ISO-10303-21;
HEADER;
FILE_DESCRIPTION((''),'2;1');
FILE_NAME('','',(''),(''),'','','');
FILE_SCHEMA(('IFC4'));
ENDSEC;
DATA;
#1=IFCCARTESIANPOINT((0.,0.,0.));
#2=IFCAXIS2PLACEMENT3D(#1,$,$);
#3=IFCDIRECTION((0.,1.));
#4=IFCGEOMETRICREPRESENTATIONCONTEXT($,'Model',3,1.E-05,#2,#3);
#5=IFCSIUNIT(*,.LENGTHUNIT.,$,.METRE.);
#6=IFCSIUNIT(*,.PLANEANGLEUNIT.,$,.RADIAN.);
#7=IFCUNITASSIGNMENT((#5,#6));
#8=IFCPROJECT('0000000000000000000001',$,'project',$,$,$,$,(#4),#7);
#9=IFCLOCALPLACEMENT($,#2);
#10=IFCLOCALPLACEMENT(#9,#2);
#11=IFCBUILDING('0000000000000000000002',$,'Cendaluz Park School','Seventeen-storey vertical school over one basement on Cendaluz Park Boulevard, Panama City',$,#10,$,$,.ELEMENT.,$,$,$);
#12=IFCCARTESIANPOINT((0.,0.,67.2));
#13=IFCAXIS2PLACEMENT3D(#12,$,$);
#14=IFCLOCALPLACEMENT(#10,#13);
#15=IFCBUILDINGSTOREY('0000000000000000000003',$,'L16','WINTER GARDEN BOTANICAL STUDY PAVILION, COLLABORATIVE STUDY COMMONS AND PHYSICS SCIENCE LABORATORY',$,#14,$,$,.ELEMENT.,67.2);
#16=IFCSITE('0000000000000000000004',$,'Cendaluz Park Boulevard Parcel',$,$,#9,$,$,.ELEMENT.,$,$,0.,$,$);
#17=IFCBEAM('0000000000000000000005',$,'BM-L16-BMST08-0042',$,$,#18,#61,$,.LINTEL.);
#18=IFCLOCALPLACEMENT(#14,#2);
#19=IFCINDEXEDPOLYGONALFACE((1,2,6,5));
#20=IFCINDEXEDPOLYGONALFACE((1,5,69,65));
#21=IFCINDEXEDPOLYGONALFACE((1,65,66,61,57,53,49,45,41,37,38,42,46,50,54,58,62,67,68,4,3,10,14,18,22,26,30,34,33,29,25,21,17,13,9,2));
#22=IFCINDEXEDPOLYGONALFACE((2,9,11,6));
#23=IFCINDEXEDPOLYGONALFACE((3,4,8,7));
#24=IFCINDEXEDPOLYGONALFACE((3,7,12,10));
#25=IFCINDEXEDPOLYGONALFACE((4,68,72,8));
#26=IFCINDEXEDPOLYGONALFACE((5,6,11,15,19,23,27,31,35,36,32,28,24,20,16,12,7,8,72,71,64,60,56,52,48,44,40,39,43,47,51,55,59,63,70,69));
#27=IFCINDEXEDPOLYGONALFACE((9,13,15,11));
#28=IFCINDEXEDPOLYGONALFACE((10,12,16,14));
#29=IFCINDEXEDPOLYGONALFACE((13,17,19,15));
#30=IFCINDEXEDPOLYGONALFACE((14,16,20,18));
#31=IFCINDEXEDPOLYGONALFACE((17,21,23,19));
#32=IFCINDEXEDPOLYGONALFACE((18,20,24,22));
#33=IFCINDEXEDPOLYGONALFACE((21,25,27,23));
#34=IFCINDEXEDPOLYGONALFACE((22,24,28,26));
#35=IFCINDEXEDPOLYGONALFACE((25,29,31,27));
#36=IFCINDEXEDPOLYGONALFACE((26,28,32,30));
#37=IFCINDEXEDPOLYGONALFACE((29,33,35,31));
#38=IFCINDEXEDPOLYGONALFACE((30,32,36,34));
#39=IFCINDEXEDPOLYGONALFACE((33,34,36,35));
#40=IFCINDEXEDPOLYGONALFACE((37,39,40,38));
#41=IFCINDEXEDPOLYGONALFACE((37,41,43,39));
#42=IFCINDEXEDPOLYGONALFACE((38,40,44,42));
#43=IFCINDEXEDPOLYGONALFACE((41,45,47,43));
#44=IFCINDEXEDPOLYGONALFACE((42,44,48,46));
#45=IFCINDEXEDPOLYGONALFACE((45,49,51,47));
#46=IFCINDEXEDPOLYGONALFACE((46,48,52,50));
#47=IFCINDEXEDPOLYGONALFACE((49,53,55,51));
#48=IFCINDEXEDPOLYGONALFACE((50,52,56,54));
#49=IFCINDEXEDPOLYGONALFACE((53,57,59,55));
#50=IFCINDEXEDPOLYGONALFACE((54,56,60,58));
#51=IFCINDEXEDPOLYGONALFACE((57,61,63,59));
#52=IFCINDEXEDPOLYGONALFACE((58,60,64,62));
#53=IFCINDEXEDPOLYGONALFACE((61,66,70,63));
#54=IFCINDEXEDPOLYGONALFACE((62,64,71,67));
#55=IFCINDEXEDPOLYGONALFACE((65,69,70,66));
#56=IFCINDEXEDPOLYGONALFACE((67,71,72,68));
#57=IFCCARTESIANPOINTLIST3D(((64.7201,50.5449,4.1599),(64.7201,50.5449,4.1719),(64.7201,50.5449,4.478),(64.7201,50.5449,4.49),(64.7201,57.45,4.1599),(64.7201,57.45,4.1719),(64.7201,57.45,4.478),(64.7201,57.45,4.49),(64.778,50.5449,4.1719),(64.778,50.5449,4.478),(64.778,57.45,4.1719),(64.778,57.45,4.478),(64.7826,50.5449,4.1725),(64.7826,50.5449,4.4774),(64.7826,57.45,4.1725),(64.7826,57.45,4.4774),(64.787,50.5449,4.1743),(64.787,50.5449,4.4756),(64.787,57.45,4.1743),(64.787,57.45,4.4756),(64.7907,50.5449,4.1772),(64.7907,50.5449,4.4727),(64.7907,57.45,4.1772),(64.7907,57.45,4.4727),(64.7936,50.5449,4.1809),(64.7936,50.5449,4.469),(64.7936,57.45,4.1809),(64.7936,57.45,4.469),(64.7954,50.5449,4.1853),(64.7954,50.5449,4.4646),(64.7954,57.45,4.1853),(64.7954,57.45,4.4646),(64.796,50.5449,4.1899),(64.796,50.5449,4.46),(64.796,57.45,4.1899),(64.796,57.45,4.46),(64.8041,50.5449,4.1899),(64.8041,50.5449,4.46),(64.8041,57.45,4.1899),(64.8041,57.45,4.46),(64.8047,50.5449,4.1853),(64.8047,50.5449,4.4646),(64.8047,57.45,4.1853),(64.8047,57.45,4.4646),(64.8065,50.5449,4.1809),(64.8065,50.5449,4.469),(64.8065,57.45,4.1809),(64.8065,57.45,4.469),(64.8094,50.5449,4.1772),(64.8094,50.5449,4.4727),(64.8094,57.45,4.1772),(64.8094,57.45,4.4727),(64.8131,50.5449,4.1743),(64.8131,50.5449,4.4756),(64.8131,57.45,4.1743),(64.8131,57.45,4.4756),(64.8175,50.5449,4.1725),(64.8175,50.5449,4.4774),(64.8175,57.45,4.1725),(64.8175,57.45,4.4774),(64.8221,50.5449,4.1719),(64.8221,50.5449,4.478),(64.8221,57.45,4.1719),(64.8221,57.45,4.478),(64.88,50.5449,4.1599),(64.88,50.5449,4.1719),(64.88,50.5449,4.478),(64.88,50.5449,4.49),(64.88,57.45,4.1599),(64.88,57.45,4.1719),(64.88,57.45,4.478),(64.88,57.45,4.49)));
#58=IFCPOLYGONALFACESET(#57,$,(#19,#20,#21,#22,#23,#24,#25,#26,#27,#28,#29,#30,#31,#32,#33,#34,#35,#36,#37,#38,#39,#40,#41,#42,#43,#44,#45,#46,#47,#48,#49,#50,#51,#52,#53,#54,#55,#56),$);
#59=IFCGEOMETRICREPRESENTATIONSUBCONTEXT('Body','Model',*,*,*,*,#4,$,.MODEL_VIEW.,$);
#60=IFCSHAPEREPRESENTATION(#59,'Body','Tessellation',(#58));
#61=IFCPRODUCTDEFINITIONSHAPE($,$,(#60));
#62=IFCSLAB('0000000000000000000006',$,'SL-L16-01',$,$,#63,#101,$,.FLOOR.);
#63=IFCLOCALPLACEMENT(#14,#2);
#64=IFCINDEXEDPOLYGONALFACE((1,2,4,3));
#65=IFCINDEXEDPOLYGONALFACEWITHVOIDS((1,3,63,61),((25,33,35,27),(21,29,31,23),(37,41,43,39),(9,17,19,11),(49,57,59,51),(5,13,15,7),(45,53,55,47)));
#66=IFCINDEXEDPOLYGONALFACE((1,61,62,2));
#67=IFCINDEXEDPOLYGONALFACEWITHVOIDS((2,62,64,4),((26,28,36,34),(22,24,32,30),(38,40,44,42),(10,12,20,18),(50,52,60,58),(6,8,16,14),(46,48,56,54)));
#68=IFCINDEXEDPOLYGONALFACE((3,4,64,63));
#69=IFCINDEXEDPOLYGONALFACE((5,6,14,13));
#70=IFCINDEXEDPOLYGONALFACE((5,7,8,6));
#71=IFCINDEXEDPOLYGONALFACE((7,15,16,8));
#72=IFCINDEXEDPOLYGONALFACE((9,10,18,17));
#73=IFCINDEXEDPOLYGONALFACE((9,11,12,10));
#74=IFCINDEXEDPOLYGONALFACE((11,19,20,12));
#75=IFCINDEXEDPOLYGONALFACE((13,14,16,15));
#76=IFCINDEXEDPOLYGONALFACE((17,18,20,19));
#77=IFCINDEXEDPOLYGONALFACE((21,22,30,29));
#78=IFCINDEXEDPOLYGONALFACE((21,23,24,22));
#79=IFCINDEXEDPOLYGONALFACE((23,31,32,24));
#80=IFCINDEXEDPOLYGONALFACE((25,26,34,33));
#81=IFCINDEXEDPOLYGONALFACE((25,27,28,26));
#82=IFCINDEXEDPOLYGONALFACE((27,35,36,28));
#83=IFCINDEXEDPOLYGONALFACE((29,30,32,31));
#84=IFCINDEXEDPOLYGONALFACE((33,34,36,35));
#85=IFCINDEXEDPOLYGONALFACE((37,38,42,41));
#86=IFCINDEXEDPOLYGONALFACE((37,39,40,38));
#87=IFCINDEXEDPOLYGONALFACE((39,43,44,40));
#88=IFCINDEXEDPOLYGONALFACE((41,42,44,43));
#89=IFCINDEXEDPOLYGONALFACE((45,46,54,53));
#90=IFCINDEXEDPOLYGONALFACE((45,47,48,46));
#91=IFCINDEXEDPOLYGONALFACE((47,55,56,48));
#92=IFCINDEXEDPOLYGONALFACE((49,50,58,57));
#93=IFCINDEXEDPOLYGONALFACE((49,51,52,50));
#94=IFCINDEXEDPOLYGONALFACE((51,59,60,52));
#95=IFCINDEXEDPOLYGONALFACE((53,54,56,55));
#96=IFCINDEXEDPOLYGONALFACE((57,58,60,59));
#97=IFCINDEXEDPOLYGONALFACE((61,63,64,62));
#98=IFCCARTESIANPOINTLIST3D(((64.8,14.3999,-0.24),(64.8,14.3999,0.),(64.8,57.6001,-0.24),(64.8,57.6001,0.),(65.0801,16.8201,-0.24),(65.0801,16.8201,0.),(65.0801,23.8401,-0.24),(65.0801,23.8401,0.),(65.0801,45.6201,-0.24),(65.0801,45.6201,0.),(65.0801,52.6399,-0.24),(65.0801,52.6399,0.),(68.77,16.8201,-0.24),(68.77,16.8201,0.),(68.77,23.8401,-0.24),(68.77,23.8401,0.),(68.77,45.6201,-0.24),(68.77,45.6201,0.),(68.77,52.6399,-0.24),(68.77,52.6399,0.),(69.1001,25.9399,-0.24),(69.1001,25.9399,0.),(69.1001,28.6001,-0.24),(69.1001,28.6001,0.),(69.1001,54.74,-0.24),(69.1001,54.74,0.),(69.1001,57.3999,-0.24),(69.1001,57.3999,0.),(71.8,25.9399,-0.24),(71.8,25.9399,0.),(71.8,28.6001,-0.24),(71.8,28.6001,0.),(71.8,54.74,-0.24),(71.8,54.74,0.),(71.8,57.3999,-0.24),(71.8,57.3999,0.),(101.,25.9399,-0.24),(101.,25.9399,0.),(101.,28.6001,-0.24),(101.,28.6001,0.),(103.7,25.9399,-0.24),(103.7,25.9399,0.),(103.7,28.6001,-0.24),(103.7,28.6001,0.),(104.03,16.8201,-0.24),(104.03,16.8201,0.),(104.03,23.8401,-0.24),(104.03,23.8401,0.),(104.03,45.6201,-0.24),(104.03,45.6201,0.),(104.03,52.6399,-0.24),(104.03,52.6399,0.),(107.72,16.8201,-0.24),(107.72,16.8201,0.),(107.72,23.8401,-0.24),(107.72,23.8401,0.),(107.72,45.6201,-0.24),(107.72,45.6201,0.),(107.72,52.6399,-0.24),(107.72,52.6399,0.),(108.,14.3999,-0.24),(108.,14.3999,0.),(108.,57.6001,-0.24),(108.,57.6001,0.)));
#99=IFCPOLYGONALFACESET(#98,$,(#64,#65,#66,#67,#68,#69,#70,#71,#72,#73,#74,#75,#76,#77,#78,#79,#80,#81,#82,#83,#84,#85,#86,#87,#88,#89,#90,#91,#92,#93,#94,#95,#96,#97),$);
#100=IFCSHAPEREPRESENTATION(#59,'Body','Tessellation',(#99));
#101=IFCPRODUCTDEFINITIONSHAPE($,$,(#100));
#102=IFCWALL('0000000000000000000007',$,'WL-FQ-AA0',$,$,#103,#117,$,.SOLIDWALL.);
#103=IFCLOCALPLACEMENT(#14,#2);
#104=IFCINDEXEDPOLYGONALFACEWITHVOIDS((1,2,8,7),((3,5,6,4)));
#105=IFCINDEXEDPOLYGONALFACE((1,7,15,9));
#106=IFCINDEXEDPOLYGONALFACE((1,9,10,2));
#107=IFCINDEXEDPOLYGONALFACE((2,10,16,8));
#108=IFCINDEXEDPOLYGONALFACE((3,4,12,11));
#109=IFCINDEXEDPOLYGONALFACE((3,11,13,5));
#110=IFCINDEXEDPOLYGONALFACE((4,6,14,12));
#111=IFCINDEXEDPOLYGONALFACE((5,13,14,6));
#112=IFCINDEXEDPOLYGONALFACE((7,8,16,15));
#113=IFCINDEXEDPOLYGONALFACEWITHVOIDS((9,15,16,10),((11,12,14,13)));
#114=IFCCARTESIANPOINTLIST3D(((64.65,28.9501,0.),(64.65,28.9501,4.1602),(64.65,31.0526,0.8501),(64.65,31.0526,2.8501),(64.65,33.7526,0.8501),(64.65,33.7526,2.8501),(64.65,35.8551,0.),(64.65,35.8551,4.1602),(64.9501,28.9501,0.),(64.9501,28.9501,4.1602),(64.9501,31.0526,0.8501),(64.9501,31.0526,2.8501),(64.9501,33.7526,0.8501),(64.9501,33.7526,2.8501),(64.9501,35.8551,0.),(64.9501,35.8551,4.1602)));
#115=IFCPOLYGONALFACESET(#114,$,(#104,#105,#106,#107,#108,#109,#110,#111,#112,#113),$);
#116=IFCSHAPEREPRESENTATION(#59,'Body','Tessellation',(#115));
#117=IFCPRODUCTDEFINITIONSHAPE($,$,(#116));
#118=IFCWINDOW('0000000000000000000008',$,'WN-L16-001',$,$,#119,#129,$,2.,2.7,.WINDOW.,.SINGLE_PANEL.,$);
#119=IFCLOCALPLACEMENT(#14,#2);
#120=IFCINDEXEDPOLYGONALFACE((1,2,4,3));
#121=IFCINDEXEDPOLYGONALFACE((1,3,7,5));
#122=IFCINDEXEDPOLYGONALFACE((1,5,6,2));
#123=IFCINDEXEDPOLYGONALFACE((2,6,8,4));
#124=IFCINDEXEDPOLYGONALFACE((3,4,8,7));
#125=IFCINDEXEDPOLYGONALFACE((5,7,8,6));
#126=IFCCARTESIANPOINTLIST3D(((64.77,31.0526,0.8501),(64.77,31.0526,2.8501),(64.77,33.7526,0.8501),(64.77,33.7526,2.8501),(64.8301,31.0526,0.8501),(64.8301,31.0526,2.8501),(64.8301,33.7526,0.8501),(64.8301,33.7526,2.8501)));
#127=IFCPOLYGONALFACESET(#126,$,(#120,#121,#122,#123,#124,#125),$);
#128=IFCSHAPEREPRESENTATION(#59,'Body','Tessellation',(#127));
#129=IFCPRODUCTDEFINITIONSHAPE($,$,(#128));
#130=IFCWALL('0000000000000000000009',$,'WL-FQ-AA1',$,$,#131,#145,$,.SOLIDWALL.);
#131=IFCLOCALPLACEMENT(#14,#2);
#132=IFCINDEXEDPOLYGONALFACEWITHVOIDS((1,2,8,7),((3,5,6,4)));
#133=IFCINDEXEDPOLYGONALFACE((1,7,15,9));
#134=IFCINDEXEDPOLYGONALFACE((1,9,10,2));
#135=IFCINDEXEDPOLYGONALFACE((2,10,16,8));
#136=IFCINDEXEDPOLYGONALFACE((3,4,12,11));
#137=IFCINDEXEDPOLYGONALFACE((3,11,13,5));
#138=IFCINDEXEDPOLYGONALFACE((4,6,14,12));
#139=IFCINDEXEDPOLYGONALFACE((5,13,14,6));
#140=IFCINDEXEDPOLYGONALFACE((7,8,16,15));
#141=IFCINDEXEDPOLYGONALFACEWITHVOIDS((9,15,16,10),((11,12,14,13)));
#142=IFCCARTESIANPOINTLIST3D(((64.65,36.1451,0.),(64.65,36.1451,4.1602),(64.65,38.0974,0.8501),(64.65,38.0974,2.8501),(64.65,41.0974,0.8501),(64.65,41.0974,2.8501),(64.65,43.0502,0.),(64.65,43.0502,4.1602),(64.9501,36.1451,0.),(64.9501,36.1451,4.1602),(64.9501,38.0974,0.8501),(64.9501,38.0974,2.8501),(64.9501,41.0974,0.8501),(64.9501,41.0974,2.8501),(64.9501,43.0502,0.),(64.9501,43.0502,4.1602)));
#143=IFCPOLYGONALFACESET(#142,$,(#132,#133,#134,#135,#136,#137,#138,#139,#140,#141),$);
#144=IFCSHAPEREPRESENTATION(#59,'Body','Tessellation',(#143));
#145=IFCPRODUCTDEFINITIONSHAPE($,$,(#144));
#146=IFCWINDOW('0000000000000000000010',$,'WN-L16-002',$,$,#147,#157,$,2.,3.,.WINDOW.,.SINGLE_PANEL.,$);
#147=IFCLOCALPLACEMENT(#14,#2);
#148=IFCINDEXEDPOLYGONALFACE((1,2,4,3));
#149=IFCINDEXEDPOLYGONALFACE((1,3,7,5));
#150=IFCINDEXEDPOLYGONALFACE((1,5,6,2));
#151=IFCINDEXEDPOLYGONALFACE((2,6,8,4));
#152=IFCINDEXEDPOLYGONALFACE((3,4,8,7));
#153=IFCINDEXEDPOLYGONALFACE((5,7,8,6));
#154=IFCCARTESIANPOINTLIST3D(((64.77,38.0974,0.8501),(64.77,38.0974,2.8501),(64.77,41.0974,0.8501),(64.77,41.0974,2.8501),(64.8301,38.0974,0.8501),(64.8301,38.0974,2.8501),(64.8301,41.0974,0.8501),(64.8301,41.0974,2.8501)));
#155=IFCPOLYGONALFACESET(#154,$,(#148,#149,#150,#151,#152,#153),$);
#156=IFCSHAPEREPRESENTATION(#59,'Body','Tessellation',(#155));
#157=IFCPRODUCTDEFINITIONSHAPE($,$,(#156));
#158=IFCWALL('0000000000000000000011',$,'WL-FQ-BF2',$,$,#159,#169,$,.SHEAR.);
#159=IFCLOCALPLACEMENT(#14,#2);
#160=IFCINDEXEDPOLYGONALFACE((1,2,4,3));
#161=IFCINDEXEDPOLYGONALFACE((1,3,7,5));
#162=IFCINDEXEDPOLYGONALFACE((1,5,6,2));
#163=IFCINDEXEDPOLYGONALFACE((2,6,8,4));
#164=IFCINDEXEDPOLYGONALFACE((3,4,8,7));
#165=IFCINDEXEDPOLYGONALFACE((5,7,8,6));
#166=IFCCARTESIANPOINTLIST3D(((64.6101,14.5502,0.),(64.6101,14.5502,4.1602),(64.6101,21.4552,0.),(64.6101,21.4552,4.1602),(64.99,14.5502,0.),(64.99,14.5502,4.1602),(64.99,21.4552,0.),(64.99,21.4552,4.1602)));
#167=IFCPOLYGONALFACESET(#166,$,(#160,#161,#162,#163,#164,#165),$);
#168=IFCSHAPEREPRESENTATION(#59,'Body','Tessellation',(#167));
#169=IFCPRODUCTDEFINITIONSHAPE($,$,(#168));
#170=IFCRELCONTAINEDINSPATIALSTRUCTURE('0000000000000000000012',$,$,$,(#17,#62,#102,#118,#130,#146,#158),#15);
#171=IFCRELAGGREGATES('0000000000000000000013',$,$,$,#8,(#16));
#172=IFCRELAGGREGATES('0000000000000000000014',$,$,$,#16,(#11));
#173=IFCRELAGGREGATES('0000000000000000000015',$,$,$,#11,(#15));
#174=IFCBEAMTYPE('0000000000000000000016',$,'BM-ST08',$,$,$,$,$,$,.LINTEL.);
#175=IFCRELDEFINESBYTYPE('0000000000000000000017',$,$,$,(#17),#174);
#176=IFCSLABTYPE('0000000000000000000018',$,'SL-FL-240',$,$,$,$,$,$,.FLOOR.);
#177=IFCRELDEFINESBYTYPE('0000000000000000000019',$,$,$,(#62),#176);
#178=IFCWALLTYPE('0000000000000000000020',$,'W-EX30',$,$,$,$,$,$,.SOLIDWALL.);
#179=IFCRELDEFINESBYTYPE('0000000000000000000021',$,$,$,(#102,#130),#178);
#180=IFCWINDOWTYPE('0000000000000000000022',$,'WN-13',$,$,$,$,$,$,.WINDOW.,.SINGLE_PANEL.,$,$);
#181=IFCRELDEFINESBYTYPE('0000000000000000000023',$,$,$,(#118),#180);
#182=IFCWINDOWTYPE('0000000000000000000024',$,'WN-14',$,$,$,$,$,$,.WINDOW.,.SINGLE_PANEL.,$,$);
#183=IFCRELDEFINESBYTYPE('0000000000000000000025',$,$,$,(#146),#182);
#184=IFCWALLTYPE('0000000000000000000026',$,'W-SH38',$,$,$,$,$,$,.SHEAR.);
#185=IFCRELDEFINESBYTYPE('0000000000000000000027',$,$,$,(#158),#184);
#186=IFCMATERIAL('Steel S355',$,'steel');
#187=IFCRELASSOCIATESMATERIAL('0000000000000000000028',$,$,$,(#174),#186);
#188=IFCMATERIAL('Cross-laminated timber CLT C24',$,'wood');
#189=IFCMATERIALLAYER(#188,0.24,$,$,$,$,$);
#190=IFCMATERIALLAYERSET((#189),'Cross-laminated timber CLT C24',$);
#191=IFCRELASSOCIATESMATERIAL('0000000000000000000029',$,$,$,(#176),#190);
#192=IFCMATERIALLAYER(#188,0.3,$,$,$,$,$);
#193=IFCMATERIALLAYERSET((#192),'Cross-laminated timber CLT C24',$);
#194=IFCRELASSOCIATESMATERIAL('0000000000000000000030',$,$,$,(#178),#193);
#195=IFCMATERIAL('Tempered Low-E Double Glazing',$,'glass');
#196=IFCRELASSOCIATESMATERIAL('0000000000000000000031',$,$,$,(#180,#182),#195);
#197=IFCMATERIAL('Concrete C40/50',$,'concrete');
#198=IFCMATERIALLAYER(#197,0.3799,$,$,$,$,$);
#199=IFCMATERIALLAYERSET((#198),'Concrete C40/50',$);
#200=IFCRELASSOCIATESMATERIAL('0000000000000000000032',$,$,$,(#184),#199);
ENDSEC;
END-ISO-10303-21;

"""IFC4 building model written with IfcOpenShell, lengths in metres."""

from ifc_helpers import new_model, si_unit, direction, frame, frame_2d, origin, origin_2d, place, context, subcontext, project, spatial, polyline, rectangle, i_section, outline, extrude, material, layer, layer_set, material_profile, profile_set, type_object, element, fill, save


model = new_model("IFC4")

# Units and contexts
model_context = context("Model", 3, precision=1e-05, world=origin(), true_north=direction((0.0, 1.0)))
body_context = subcontext(model_context, "Body", "Model", "MODEL_VIEW")
ifc_project = project(units=[si_unit("LENGTHUNIT", "METRE"), si_unit("PLANEANGLEUNIT", "RADIAN")], contexts=[model_context])

# Site, building, storey
site_placement = place(None, origin())
site = spatial("IfcSite", under=ifc_project, at=site_placement, Name="Cendaluz Park Boulevard Parcel", CompositionType="ELEMENT", RefElevation=0.0)
building_placement = place(site_placement, origin())
building = spatial("IfcBuilding", under=site, at=building_placement, Name="Cendaluz Park School", Description="Seventeen-storey vertical school over one basement on Cendaluz Park Boulevard, Panama City", CompositionType="ELEMENT")
storey_placement = place(building_placement, frame((0.0, 0.0, 67.2)))
storey = spatial("IfcBuildingStorey", under=building, at=storey_placement, Name="L16", Description="WINTER GARDEN BOTANICAL STUDY PAVILION, COLLABORATIVE STUDY COMMONS AND PHYSICS SCIENCE LABORATORY", CompositionType="ELEMENT", Elevation=67.2)

# Shared definitions
ifc_material_1 = material(Name="Steel S355", Category="steel")

# Beam
ifc_material_profile_1 = material_profile(ifc_material_1, i_section(OverallWidth=0.1599, OverallDepth=0.3301, WebThickness=0.0081, FlangeThickness=0.012, FilletRadius=0.0181, at=origin_2d()), Name="IPE 330", Category="steel")
ifc_profile_set_1 = profile_set([ifc_material_profile_1], Name="Steel S355")
beam_type = type_object("IfcBeamType", Name="BM-ST08", PredefinedType="LINTEL", material=ifc_profile_set_1)
beam_1_placement = place(storey_placement, frame((64.8, 50.5449, 4.325), z_axis=(0.0, 1.0, 0.0), x_axis=(-1.0, 0.0, 0.0)))
element("IfcBeam", 1, at=beam_1_placement, inside=storey, type_object=beam_type, Name="BM-L16-BMST08-0042", PredefinedType="LINTEL", context=body_context, shape_type="SweptSolid", body=[
    extrude(i_section(OverallWidth=0.1599, OverallDepth=0.3301, WebThickness=0.0081, FlangeThickness=0.012, FilletRadius=0.0181, at=origin_2d()), origin(), (0.0, 0.0, 1.0), 6.905),
])

# Slab
ifc_material_2 = material(Name="Cross-laminated timber CLT C24", Category="wood")
ifc_layer_1 = layer(ifc_material_2, 0.24)
ifc_layer_set_1 = layer_set([ifc_layer_1], Name="Cross-laminated timber CLT C24")
slab_type = type_object("IfcSlabType", Name="SL-FL-240", PredefinedType="FLOOR", material=ifc_layer_set_1)
slab_placement = place(storey_placement, frame((0.0, 0.0, -0.24)))
element("IfcSlab", 2, at=slab_placement, inside=storey, type_object=slab_type, Name="SL-L16-01", PredefinedType="FLOOR", context=body_context, shape_type="SweptSolid", body=[
    extrude(outline(polyline([(64.8, 57.6001), (108.0, 57.6001), (108.0, 14.3999), (64.8, 14.3999), (64.8, 57.6001)]), holes=[polyline([(65.0801, 16.8201), (68.77, 16.8201), (68.77, 23.8401), (65.0801, 23.8401), (65.0801, 16.8201)]), polyline([(69.1001, 28.6001), (69.1001, 25.9399), (71.8, 25.9399), (71.8, 28.6001), (69.1001, 28.6001)]), polyline([(107.72, 23.8401), (104.03, 23.8401), (104.03, 16.8201), (107.72, 16.8201), (107.72, 23.8401)]), polyline([(103.7, 25.9399), (103.7, 28.6001), (101.0, 28.6001), (101.0, 25.9399), (103.7, 25.9399)]), polyline([(65.0801, 45.6201), (68.77, 45.6201), (68.77, 52.6399), (65.0801, 52.6399), (65.0801, 45.6201)]), polyline([(69.1001, 57.3999), (69.1001, 54.74), (71.8, 54.74), (71.8, 57.3999), (69.1001, 57.3999)]), polyline([(107.72, 52.6399), (104.03, 52.6399), (104.03, 45.6201), (107.72, 45.6201), (107.72, 52.6399)])]), origin(), (0.0, 0.0, 1.0), 0.24),
])

# Walls, openings, windows
ifc_layer_2 = layer(ifc_material_2, 0.3)
ifc_layer_set_2 = layer_set([ifc_layer_2], Name="Cross-laminated timber CLT C24")
wall_type_1 = type_object("IfcWallType", Name="W-EX30", PredefinedType="SOLIDWALL", material=ifc_layer_set_2)
wall_1_placement = place(storey_placement, frame((64.8, 28.95, 0.0), z_axis=(0.0, 0.0, 1.0), x_axis=(0.0, 1.0, 0.0)))
wall_1 = element("IfcWall", 3, at=wall_1_placement, inside=storey, type_object=wall_type_1, Name="WL-FQ-AA0", PredefinedType="SOLIDWALL", context=body_context, shape_type="SweptSolid", body=[
    extrude(rectangle(XDim=6.905, YDim=0.3, at=frame_2d((3.4526, 0.0))), origin(), (0.0, 0.0, 1.0), 4.1602),
])
opening_1_placement = place(wall_1_placement, frame((2.1025, 0.0, 0.8501)))
opening_1 = element("IfcOpeningElement", 4, at=opening_1_placement, cuts=wall_1, PredefinedType="OPENING", context=body_context, shape_type="SweptSolid", body=[
    extrude(rectangle(XDim=2.7, YDim=2.0, at=frame_2d((1.3501, 1.0))), frame((0.0, 0.1621, 0.0), z_axis=(0.0, -1.0, 0.0), x_axis=(1.0, 0.0, 0.0)), (0.0, 0.0, 1.0), 0.324),
])
ifc_material_3 = material(Name="Tempered Low-E Double Glazing", Category="glass")
window_type_1 = type_object("IfcWindowType", Name="WN-13", PartitioningType="SINGLE_PANEL", PredefinedType="WINDOW", material=ifc_material_3)
window_1_placement = place(opening_1_placement, origin())
window_1 = element("IfcWindow", 5, at=window_1_placement, inside=storey, type_object=window_type_1, Name="WN-L16-001", OverallHeight=2.0, OverallWidth=2.7, PartitioningType="SINGLE_PANEL", PredefinedType="WINDOW", context=body_context, shape_type="SweptSolid", body=[
    extrude(rectangle(XDim=2.7, YDim=2.0, at=frame_2d((1.3501, 1.0))), frame((0.0, 0.03, 0.0), z_axis=(0.0, -1.0, 0.0), x_axis=(1.0, 0.0, 0.0)), (0.0, 0.0, 1.0), 0.0601),
])
fill(opening_1, window_1)
wall_2_placement = place(storey_placement, frame((64.8, 36.145, 0.0), z_axis=(0.0, 0.0, 1.0), x_axis=(0.0, 1.0, 0.0)))
wall_2 = element("IfcWall", 6, at=wall_2_placement, inside=storey, type_object=wall_type_1, Name="WL-FQ-AA1", PredefinedType="SOLIDWALL", context=body_context, shape_type="SweptSolid", body=[
    extrude(rectangle(XDim=6.905, YDim=0.3, at=frame_2d((3.4526, 0.0))), origin(), (0.0, 0.0, 1.0), 4.1602),
])
opening_2_placement = place(wall_2_placement, frame((1.9524, 0.0, 0.8501)))
opening_2 = element("IfcOpeningElement", 7, at=opening_2_placement, cuts=wall_2, PredefinedType="OPENING", context=body_context, shape_type="SweptSolid", body=[
    extrude(rectangle(XDim=3.0, YDim=2.0, at=frame_2d((1.5, 1.0))), frame((0.0, 0.1621, 0.0), z_axis=(0.0, -1.0, 0.0), x_axis=(1.0, 0.0, 0.0)), (0.0, 0.0, 1.0), 0.324),
])
window_type_2 = type_object("IfcWindowType", Name="WN-14", PartitioningType="SINGLE_PANEL", PredefinedType="WINDOW", material=ifc_material_3)
window_2_placement = place(opening_2_placement, origin())
window_2 = element("IfcWindow", 8, at=window_2_placement, inside=storey, type_object=window_type_2, Name="WN-L16-002", OverallHeight=2.0, OverallWidth=3.0, PartitioningType="SINGLE_PANEL", PredefinedType="WINDOW", context=body_context, shape_type="SweptSolid", body=[
    extrude(rectangle(XDim=3.0, YDim=2.0, at=frame_2d((1.5, 1.0))), frame((0.0, 0.03, 0.0), z_axis=(0.0, -1.0, 0.0), x_axis=(1.0, 0.0, 0.0)), (0.0, 0.0, 1.0), 0.0601),
])
fill(opening_2, window_2)

# Wall
ifc_material_4 = material(Name="Concrete C40/50", Category="concrete")
ifc_layer_3 = layer(ifc_material_4, 0.3799)
ifc_layer_set_3 = layer_set([ifc_layer_3], Name="Concrete C40/50")
wall_type_2 = type_object("IfcWallType", Name="W-SH38", PredefinedType="SHEAR", material=ifc_layer_set_3)
wall_3_placement = place(storey_placement, frame((64.8, 14.55, 0.0), z_axis=(0.0, 0.0, 1.0), x_axis=(0.0, 1.0, 0.0)))
element("IfcWall", 9, at=wall_3_placement, inside=storey, type_object=wall_type_2, Name="WL-FQ-BF2", PredefinedType="SHEAR", context=body_context, shape_type="SweptSolid", body=[
    extrude(rectangle(XDim=6.905, YDim=0.3799, at=frame_2d((3.4526, 0.0))), origin(), (0.0, 0.0, 1.0), 4.1602),
])

save(model, "model.ifc")
